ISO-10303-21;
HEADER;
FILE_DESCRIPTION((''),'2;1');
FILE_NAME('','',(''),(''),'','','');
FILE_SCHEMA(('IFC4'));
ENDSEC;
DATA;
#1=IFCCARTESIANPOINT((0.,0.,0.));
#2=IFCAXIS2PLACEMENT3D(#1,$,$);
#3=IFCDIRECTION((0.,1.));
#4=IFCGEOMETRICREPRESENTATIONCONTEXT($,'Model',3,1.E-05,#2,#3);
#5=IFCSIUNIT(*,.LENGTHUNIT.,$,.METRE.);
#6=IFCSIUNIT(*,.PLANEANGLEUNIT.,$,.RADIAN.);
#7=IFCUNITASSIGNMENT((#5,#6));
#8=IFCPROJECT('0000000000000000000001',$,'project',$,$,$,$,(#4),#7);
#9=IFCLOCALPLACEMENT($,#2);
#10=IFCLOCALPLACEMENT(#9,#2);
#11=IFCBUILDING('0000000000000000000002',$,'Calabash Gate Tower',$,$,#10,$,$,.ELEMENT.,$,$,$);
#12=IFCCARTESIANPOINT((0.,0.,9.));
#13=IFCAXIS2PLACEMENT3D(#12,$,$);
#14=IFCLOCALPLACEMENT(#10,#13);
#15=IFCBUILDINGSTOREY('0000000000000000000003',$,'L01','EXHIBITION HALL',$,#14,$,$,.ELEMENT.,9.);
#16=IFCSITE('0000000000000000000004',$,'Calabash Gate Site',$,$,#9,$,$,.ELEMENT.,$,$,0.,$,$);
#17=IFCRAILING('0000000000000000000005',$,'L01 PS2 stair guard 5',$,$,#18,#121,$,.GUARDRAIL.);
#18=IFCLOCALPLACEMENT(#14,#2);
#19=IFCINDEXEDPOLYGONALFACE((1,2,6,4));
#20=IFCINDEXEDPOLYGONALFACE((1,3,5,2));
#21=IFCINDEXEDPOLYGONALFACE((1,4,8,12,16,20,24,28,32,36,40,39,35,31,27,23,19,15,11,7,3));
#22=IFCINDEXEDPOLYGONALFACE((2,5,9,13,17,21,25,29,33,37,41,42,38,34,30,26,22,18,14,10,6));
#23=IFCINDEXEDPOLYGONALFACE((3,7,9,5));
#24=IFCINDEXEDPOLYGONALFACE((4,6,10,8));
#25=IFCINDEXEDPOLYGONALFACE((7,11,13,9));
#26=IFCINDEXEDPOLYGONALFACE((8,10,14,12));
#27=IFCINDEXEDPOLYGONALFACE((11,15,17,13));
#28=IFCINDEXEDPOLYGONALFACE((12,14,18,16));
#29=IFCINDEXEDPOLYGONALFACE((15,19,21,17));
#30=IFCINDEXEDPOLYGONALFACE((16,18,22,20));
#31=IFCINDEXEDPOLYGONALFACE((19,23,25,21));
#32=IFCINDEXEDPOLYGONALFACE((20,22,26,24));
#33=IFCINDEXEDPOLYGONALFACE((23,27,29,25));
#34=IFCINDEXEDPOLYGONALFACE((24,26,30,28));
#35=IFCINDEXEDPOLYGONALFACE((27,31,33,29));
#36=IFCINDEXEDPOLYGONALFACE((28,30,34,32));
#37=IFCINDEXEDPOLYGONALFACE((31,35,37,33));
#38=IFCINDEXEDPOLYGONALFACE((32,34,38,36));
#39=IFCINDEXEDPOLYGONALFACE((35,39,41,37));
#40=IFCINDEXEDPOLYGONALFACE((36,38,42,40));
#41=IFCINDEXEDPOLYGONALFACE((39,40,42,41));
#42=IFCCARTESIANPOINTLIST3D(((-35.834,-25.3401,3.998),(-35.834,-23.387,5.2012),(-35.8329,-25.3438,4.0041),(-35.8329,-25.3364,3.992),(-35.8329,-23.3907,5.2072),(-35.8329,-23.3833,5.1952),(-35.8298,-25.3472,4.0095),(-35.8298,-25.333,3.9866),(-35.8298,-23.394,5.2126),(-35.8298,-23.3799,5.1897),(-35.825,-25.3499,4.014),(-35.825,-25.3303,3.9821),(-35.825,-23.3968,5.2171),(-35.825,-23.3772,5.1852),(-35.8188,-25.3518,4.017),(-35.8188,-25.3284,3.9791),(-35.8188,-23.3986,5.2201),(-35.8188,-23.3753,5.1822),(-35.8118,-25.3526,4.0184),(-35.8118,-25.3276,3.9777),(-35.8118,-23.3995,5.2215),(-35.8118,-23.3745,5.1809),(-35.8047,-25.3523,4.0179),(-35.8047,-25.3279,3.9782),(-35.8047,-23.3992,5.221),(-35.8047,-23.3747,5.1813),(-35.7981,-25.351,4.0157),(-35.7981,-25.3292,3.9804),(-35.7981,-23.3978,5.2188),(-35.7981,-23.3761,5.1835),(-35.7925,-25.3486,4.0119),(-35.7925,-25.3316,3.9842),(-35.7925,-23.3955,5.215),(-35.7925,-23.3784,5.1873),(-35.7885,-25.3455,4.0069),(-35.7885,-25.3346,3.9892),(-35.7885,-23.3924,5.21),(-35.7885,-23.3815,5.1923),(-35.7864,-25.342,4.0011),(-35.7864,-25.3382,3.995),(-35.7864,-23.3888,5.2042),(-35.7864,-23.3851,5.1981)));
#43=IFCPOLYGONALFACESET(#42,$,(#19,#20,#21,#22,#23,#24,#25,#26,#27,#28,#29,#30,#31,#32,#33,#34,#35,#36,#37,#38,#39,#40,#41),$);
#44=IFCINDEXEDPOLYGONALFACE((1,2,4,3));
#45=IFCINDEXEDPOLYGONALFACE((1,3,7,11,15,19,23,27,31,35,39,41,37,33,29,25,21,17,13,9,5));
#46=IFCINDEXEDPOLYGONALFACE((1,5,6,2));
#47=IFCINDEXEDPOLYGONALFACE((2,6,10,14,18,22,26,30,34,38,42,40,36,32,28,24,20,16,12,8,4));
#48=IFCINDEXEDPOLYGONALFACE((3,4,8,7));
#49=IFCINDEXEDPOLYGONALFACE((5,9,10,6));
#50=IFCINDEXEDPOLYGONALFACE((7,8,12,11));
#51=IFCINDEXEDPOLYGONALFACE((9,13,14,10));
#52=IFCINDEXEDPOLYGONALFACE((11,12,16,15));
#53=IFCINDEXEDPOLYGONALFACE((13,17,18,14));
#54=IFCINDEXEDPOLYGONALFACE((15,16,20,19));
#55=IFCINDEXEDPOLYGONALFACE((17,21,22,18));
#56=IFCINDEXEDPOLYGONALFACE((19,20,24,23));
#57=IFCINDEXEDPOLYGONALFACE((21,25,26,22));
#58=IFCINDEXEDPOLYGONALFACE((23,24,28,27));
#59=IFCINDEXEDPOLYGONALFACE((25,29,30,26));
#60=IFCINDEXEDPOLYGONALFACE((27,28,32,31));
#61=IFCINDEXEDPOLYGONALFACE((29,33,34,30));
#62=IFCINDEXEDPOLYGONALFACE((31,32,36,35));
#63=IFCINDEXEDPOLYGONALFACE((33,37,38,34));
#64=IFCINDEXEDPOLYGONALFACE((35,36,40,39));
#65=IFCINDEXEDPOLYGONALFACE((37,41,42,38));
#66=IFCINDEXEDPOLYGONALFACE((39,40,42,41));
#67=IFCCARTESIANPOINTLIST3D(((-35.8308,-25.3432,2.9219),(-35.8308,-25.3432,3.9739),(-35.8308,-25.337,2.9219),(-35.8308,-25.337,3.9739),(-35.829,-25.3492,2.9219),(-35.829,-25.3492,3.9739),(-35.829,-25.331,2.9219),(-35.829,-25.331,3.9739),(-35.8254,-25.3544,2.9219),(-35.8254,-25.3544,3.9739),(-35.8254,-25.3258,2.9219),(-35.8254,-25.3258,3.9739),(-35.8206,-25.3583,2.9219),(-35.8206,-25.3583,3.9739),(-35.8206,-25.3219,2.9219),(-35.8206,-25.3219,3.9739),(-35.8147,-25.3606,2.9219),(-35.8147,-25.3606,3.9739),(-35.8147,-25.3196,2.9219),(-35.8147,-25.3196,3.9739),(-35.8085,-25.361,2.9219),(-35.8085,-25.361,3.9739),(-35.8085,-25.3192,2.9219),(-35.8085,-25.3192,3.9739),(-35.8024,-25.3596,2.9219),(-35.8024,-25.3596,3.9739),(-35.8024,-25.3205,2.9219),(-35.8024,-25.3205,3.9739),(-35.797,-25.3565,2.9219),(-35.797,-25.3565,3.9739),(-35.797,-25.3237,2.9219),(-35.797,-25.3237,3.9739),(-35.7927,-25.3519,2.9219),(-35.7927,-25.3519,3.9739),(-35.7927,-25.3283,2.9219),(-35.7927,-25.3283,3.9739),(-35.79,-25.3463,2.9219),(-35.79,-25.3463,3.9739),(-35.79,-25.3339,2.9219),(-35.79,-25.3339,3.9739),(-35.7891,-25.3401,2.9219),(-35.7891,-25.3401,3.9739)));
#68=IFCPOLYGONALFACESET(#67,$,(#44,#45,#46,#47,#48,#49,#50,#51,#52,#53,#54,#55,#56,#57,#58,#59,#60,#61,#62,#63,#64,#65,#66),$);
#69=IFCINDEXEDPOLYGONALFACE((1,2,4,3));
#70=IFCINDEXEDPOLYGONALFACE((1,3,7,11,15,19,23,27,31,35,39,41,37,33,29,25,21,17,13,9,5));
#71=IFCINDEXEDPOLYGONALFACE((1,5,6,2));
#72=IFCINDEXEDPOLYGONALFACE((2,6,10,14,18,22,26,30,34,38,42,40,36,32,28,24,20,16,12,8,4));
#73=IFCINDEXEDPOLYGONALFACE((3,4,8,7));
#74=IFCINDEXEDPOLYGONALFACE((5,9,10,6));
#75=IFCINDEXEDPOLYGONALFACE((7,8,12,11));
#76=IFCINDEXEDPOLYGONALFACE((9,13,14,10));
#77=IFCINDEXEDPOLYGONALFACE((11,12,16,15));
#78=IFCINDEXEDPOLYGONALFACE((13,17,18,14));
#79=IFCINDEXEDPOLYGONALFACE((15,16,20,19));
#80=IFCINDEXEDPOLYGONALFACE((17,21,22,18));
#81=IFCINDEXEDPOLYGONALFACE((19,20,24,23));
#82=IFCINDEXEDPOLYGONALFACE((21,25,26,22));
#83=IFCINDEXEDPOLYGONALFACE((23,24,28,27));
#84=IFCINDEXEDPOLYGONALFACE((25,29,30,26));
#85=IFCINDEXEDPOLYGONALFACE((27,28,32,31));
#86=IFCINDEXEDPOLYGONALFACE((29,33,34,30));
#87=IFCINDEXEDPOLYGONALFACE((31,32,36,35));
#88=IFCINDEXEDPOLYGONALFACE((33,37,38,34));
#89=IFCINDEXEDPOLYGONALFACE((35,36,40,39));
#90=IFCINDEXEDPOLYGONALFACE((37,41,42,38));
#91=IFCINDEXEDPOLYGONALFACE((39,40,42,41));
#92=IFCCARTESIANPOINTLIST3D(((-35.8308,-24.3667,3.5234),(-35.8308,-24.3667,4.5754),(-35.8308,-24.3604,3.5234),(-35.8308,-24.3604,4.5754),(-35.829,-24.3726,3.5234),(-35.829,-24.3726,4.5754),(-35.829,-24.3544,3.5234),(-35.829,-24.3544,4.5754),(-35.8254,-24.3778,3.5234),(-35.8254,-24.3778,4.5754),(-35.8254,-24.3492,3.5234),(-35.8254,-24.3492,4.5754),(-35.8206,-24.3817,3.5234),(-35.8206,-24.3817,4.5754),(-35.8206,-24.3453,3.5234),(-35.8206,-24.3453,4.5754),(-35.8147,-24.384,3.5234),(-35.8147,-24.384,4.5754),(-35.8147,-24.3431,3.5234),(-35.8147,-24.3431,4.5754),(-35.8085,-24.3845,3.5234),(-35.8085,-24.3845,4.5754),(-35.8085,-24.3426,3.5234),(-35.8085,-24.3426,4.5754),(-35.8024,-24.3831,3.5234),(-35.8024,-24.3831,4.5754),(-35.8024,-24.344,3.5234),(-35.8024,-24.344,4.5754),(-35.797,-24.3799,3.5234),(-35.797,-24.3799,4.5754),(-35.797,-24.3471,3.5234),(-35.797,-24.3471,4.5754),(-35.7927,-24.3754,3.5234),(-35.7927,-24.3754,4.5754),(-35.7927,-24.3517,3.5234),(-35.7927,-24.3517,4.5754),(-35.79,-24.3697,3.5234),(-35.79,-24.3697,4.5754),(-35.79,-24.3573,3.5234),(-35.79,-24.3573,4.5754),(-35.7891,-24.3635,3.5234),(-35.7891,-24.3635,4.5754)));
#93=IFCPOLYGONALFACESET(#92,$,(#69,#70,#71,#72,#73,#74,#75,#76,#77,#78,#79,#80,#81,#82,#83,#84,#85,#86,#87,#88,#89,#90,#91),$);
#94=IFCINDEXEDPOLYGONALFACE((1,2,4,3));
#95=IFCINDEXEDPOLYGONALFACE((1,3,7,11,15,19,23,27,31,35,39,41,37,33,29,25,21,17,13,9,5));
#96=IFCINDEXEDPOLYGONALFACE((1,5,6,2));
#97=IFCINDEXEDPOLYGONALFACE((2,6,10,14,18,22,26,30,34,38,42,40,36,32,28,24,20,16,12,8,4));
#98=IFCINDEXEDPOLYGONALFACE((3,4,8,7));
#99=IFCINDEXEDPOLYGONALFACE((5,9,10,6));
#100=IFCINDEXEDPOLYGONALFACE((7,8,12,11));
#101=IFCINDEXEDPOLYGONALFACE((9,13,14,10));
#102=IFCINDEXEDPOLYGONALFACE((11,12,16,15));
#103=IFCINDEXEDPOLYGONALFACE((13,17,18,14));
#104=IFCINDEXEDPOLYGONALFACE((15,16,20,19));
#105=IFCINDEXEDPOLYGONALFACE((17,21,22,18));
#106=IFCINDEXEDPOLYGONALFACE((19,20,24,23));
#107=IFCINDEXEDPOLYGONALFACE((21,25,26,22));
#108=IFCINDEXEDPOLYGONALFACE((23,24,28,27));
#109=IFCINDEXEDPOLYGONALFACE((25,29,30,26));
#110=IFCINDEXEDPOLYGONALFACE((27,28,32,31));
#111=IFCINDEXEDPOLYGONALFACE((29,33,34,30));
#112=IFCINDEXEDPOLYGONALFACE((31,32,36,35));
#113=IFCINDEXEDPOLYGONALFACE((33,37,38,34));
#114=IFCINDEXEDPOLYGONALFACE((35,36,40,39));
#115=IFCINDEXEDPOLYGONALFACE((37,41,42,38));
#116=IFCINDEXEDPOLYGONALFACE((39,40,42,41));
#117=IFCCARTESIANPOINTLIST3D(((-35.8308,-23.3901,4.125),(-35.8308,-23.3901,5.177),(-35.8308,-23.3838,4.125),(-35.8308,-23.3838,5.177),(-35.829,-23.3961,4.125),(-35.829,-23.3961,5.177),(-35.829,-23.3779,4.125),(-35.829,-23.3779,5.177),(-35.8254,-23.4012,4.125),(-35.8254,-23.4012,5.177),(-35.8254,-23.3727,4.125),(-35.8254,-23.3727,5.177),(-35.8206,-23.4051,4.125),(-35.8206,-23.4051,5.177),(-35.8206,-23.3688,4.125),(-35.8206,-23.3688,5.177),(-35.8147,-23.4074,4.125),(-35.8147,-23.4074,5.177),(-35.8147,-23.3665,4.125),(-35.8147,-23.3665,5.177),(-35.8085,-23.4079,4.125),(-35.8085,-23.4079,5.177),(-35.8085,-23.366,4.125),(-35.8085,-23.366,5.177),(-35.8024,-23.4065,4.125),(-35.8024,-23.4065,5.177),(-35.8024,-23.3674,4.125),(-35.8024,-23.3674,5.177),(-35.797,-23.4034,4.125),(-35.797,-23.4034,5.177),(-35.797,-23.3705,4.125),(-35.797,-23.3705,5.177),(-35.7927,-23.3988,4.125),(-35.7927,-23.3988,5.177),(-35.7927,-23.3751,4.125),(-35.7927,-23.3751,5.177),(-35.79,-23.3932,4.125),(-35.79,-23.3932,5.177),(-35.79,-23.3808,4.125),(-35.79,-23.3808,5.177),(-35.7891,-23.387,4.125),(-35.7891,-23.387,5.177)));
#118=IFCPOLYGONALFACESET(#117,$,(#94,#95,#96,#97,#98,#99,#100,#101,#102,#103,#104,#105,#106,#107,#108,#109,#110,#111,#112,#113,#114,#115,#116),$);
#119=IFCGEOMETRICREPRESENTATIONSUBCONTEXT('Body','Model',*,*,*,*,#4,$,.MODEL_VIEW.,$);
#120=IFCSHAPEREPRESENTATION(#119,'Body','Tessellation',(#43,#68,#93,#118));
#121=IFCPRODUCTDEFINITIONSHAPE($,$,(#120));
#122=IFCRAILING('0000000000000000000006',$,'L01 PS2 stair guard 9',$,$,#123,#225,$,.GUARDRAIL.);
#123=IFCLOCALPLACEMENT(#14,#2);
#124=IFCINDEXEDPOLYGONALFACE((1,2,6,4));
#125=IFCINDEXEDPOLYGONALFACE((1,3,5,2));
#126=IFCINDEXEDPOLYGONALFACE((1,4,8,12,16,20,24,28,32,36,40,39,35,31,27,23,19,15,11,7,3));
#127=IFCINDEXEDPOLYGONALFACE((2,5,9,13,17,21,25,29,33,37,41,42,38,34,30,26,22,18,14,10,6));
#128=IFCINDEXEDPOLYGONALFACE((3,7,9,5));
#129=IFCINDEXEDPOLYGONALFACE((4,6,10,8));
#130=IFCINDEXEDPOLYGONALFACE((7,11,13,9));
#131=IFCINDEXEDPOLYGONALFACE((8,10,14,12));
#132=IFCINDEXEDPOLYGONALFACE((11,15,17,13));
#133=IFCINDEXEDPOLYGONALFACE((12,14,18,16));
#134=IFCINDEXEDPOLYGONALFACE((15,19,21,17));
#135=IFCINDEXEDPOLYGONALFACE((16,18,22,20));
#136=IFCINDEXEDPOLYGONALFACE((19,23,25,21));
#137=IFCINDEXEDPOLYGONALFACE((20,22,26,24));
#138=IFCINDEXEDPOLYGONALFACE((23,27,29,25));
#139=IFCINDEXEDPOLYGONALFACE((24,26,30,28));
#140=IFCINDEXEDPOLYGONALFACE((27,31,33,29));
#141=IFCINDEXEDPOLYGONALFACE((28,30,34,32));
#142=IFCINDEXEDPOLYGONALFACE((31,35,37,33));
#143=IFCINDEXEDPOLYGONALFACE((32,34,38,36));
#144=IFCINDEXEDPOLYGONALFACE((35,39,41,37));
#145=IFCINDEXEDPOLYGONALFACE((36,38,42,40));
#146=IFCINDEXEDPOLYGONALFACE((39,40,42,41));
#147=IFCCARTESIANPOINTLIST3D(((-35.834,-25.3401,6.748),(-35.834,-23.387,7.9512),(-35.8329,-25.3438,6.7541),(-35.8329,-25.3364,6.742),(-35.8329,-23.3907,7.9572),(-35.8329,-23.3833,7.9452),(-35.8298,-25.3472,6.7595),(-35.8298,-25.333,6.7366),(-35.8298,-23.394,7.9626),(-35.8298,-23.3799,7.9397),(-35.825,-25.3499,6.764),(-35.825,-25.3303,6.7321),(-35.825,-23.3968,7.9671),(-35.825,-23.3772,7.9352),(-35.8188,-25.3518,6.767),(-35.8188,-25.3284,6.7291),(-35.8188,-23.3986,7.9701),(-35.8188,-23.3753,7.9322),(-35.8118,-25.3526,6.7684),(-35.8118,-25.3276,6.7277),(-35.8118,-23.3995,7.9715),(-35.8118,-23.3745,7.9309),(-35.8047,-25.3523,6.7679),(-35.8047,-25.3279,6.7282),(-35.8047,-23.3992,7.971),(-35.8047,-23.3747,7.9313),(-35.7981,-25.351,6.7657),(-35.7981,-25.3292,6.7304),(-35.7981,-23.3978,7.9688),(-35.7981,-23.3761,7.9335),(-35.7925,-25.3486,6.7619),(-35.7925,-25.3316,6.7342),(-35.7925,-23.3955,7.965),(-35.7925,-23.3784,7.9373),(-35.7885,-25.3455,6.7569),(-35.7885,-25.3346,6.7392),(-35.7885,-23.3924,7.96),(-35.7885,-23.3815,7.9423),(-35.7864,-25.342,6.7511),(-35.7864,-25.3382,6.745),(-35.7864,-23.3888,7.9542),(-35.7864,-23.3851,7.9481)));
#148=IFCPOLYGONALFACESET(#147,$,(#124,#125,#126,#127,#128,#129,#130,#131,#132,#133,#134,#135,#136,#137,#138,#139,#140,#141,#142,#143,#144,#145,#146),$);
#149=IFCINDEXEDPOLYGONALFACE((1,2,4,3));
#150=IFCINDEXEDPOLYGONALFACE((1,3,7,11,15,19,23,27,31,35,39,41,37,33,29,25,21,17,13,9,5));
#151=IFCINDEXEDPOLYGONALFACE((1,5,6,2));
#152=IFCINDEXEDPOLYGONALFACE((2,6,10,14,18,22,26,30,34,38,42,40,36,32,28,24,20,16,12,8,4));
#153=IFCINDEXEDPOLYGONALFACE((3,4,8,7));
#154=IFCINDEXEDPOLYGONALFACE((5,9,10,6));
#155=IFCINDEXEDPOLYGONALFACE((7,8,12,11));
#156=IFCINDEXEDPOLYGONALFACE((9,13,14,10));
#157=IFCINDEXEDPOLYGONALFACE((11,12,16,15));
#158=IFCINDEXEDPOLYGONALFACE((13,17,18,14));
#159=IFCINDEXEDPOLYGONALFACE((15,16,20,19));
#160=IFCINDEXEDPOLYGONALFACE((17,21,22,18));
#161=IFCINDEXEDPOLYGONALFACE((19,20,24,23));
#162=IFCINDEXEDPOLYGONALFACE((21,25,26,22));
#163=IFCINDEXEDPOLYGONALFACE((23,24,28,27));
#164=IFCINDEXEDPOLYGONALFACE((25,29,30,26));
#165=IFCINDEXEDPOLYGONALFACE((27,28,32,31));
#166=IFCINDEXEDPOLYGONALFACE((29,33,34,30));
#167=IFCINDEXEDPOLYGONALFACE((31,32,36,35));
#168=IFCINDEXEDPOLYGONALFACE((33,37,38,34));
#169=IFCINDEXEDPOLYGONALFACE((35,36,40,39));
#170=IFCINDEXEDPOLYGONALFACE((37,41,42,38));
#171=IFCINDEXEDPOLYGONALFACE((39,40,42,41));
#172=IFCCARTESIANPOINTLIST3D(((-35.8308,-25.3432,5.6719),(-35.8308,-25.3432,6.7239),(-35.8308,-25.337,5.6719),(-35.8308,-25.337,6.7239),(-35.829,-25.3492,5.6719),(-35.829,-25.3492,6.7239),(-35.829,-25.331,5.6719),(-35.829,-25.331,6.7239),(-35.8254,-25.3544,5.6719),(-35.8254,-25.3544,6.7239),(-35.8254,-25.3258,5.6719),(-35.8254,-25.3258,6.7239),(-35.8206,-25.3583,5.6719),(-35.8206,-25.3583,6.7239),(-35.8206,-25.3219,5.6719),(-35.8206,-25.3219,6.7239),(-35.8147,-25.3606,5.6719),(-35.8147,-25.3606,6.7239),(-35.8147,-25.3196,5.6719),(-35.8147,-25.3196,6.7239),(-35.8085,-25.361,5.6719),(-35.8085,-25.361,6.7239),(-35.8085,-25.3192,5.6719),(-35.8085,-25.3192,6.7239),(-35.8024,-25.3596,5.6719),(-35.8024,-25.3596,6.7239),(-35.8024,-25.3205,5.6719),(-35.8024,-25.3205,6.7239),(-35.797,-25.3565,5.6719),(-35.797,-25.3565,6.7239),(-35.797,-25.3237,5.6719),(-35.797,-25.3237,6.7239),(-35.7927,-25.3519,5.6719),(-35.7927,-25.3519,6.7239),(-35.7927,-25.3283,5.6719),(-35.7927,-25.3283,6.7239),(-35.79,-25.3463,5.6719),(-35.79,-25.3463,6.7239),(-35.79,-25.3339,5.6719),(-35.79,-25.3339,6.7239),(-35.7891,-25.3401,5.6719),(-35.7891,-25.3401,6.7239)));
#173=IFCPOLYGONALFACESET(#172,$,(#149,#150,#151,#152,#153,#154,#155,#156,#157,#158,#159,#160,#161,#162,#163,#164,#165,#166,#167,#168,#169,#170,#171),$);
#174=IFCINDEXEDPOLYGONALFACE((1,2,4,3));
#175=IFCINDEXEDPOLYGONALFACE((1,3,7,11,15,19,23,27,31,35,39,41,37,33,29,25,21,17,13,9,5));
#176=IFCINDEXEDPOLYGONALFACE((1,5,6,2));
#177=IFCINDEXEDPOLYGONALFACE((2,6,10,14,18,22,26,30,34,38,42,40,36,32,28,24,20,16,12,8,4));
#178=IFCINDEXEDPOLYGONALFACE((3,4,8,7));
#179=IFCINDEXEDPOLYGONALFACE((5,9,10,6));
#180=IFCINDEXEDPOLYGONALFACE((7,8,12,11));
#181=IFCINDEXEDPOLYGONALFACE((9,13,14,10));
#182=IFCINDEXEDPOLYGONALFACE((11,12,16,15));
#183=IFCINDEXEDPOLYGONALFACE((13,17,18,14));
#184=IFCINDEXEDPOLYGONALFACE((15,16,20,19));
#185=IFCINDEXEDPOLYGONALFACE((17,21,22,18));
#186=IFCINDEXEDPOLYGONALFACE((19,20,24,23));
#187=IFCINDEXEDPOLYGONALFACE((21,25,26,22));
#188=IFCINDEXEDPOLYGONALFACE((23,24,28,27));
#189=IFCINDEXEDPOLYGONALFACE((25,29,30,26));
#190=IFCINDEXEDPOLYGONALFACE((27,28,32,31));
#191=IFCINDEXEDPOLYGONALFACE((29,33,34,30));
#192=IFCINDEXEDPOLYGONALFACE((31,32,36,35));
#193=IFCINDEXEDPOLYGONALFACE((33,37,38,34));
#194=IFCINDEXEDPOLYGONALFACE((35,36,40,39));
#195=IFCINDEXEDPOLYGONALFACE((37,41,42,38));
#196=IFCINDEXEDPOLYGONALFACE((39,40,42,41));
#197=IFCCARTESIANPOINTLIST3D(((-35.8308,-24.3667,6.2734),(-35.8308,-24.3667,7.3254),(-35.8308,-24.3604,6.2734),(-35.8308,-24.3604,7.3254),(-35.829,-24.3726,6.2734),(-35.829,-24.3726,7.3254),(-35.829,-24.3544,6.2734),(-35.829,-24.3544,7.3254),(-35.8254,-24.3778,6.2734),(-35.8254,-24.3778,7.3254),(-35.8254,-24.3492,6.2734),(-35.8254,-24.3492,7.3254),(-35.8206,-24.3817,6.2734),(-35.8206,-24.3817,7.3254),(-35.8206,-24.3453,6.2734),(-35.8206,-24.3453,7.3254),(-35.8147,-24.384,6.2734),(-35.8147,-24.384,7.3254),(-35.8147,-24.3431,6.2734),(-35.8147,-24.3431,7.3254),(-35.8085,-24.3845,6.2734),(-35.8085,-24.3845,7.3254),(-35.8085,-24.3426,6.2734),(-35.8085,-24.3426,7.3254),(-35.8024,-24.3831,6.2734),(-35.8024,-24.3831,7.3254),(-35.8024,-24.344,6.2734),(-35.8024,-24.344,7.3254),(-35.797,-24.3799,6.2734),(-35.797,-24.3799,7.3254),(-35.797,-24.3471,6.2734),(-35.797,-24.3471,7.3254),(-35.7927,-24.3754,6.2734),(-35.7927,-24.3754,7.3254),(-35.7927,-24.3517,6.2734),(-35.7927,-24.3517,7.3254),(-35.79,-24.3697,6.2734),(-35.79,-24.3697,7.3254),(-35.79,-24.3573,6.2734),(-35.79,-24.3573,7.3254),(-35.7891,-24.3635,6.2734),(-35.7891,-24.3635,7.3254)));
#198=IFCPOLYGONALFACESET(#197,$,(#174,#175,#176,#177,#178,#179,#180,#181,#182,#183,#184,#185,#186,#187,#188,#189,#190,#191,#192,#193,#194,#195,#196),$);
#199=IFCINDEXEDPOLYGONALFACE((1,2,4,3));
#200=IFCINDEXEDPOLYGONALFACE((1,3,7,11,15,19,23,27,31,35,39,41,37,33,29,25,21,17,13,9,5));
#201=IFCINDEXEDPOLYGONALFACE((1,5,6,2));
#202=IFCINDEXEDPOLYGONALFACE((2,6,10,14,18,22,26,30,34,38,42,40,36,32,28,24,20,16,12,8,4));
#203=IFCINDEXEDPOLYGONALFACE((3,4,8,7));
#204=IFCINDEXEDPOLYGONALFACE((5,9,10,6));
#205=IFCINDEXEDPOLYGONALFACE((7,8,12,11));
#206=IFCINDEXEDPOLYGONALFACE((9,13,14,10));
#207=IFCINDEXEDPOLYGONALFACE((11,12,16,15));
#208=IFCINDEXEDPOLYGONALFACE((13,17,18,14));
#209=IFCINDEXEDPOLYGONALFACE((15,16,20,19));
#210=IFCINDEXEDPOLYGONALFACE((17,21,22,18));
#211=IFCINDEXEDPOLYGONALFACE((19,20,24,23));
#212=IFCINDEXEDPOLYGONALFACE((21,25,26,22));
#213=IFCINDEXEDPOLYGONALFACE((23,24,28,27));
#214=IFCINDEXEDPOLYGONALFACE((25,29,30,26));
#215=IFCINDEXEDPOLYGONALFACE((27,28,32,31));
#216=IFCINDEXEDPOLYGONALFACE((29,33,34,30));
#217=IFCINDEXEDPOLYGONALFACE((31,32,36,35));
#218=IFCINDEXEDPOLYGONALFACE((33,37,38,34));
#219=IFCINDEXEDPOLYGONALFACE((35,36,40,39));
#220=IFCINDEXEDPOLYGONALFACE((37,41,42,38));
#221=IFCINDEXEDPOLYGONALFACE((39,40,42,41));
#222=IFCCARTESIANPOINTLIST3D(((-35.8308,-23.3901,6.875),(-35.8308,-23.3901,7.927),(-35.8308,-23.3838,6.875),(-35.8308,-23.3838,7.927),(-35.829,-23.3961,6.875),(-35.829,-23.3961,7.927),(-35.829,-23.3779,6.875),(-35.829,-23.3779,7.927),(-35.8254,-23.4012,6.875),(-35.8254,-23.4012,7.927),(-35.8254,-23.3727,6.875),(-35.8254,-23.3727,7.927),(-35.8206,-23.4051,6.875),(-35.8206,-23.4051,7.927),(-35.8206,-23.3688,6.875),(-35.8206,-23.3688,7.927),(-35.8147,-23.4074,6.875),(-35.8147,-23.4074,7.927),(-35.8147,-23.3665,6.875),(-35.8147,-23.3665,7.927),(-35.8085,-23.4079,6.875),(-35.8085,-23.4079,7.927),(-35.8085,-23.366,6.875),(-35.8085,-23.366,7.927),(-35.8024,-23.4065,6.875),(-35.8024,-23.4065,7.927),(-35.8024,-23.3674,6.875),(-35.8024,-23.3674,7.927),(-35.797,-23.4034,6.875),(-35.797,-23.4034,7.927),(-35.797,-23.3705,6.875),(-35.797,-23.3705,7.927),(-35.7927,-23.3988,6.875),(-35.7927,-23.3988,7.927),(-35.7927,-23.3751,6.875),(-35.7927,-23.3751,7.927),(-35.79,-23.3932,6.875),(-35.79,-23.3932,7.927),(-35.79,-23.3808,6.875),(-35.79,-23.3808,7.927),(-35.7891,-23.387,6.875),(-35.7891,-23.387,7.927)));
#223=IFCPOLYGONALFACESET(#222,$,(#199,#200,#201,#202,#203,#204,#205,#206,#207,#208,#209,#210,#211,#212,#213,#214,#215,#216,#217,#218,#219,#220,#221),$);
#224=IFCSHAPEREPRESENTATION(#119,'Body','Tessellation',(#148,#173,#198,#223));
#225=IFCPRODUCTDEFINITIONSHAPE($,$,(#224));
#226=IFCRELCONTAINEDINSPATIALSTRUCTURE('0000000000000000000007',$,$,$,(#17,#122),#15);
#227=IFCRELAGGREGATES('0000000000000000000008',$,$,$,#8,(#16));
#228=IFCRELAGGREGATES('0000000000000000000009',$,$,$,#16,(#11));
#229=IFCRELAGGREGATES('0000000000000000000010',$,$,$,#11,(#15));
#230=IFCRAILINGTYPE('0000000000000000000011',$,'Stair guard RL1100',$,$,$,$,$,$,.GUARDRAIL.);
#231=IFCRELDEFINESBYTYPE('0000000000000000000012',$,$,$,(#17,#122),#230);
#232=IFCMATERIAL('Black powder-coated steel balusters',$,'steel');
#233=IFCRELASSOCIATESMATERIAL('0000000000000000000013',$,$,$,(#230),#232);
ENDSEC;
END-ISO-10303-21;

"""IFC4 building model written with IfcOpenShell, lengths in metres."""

from ifc_helpers import new_model, si_unit, direction, frame, origin, origin_2d, place, context, subcontext, project, spatial, circle, extrude, material, type_object, element, save


model = new_model("IFC4")

# Units and contexts
model_context = context("Model", 3, precision=1e-05, world=origin(), true_north=direction((0.0, 1.0)))
body_context = subcontext(model_context, "Body", "Model", "MODEL_VIEW")
ifc_project = project(units=[si_unit("LENGTHUNIT", "METRE"), si_unit("PLANEANGLEUNIT", "RADIAN")], contexts=[model_context])

# Site, building, storey
site_placement = place(None, origin())
site = spatial("IfcSite", under=ifc_project, at=site_placement, Name="Calabash Gate Site", CompositionType="ELEMENT", RefElevation=0.0)
building_placement = place(site_placement, origin())
building = spatial("IfcBuilding", under=site, at=building_placement, Name="Calabash Gate Tower", CompositionType="ELEMENT")
storey_placement = place(building_placement, frame((0.0, 0.0, 9.0)))
storey = spatial("IfcBuildingStorey", under=building, at=storey_placement, Name="L01", Description="EXHIBITION HALL", CompositionType="ELEMENT", Elevation=9.0)

# Railings
ifc_material_1 = material(Name="Black powder-coated steel balusters", Category="steel")
railing_type_1 = type_object("IfcRailingType", Name="Stair guard RL1100", PredefinedType="GUARDRAIL", material=ifc_material_1)
for number, where, name in (
    (1, (-35.8101, -25.3401, 2.9219), "L01 PS2 stair guard 5"),
    (2, (-35.8101, -25.3401, 5.6719), "L01 PS2 stair guard 9"),
):
    element("IfcRailing", number, at=place(storey_placement, frame(where)), inside=storey, type_object=railing_type_1, Name=name, PredefinedType="GUARDRAIL", context=body_context, shape_type="SweptSolid", body=[
        extrude(circle(Radius=0.0239, at=origin_2d()), frame((0.0, 0.0, 1.0762), z_axis=(0.0, 0.851424, 0.524477), x_axis=(-1.0, 0.0, 0.0)), (0.0, 0.0, 1.0), 2.2939),
        extrude(circle(Radius=0.021, at=origin_2d()), origin(), (0.0, 0.0, 1.0), 1.052),
        extrude(circle(Radius=0.021, at=origin_2d()), frame((0.0, 0.9766, 0.6016)), (0.0, 0.0, 1.0), 1.052),
        extrude(circle(Radius=0.021, at=origin_2d()), frame((0.0, 1.9531, 1.2031)), (0.0, 0.0, 1.0), 1.052),
    ])

save(model, "model.ifc")
